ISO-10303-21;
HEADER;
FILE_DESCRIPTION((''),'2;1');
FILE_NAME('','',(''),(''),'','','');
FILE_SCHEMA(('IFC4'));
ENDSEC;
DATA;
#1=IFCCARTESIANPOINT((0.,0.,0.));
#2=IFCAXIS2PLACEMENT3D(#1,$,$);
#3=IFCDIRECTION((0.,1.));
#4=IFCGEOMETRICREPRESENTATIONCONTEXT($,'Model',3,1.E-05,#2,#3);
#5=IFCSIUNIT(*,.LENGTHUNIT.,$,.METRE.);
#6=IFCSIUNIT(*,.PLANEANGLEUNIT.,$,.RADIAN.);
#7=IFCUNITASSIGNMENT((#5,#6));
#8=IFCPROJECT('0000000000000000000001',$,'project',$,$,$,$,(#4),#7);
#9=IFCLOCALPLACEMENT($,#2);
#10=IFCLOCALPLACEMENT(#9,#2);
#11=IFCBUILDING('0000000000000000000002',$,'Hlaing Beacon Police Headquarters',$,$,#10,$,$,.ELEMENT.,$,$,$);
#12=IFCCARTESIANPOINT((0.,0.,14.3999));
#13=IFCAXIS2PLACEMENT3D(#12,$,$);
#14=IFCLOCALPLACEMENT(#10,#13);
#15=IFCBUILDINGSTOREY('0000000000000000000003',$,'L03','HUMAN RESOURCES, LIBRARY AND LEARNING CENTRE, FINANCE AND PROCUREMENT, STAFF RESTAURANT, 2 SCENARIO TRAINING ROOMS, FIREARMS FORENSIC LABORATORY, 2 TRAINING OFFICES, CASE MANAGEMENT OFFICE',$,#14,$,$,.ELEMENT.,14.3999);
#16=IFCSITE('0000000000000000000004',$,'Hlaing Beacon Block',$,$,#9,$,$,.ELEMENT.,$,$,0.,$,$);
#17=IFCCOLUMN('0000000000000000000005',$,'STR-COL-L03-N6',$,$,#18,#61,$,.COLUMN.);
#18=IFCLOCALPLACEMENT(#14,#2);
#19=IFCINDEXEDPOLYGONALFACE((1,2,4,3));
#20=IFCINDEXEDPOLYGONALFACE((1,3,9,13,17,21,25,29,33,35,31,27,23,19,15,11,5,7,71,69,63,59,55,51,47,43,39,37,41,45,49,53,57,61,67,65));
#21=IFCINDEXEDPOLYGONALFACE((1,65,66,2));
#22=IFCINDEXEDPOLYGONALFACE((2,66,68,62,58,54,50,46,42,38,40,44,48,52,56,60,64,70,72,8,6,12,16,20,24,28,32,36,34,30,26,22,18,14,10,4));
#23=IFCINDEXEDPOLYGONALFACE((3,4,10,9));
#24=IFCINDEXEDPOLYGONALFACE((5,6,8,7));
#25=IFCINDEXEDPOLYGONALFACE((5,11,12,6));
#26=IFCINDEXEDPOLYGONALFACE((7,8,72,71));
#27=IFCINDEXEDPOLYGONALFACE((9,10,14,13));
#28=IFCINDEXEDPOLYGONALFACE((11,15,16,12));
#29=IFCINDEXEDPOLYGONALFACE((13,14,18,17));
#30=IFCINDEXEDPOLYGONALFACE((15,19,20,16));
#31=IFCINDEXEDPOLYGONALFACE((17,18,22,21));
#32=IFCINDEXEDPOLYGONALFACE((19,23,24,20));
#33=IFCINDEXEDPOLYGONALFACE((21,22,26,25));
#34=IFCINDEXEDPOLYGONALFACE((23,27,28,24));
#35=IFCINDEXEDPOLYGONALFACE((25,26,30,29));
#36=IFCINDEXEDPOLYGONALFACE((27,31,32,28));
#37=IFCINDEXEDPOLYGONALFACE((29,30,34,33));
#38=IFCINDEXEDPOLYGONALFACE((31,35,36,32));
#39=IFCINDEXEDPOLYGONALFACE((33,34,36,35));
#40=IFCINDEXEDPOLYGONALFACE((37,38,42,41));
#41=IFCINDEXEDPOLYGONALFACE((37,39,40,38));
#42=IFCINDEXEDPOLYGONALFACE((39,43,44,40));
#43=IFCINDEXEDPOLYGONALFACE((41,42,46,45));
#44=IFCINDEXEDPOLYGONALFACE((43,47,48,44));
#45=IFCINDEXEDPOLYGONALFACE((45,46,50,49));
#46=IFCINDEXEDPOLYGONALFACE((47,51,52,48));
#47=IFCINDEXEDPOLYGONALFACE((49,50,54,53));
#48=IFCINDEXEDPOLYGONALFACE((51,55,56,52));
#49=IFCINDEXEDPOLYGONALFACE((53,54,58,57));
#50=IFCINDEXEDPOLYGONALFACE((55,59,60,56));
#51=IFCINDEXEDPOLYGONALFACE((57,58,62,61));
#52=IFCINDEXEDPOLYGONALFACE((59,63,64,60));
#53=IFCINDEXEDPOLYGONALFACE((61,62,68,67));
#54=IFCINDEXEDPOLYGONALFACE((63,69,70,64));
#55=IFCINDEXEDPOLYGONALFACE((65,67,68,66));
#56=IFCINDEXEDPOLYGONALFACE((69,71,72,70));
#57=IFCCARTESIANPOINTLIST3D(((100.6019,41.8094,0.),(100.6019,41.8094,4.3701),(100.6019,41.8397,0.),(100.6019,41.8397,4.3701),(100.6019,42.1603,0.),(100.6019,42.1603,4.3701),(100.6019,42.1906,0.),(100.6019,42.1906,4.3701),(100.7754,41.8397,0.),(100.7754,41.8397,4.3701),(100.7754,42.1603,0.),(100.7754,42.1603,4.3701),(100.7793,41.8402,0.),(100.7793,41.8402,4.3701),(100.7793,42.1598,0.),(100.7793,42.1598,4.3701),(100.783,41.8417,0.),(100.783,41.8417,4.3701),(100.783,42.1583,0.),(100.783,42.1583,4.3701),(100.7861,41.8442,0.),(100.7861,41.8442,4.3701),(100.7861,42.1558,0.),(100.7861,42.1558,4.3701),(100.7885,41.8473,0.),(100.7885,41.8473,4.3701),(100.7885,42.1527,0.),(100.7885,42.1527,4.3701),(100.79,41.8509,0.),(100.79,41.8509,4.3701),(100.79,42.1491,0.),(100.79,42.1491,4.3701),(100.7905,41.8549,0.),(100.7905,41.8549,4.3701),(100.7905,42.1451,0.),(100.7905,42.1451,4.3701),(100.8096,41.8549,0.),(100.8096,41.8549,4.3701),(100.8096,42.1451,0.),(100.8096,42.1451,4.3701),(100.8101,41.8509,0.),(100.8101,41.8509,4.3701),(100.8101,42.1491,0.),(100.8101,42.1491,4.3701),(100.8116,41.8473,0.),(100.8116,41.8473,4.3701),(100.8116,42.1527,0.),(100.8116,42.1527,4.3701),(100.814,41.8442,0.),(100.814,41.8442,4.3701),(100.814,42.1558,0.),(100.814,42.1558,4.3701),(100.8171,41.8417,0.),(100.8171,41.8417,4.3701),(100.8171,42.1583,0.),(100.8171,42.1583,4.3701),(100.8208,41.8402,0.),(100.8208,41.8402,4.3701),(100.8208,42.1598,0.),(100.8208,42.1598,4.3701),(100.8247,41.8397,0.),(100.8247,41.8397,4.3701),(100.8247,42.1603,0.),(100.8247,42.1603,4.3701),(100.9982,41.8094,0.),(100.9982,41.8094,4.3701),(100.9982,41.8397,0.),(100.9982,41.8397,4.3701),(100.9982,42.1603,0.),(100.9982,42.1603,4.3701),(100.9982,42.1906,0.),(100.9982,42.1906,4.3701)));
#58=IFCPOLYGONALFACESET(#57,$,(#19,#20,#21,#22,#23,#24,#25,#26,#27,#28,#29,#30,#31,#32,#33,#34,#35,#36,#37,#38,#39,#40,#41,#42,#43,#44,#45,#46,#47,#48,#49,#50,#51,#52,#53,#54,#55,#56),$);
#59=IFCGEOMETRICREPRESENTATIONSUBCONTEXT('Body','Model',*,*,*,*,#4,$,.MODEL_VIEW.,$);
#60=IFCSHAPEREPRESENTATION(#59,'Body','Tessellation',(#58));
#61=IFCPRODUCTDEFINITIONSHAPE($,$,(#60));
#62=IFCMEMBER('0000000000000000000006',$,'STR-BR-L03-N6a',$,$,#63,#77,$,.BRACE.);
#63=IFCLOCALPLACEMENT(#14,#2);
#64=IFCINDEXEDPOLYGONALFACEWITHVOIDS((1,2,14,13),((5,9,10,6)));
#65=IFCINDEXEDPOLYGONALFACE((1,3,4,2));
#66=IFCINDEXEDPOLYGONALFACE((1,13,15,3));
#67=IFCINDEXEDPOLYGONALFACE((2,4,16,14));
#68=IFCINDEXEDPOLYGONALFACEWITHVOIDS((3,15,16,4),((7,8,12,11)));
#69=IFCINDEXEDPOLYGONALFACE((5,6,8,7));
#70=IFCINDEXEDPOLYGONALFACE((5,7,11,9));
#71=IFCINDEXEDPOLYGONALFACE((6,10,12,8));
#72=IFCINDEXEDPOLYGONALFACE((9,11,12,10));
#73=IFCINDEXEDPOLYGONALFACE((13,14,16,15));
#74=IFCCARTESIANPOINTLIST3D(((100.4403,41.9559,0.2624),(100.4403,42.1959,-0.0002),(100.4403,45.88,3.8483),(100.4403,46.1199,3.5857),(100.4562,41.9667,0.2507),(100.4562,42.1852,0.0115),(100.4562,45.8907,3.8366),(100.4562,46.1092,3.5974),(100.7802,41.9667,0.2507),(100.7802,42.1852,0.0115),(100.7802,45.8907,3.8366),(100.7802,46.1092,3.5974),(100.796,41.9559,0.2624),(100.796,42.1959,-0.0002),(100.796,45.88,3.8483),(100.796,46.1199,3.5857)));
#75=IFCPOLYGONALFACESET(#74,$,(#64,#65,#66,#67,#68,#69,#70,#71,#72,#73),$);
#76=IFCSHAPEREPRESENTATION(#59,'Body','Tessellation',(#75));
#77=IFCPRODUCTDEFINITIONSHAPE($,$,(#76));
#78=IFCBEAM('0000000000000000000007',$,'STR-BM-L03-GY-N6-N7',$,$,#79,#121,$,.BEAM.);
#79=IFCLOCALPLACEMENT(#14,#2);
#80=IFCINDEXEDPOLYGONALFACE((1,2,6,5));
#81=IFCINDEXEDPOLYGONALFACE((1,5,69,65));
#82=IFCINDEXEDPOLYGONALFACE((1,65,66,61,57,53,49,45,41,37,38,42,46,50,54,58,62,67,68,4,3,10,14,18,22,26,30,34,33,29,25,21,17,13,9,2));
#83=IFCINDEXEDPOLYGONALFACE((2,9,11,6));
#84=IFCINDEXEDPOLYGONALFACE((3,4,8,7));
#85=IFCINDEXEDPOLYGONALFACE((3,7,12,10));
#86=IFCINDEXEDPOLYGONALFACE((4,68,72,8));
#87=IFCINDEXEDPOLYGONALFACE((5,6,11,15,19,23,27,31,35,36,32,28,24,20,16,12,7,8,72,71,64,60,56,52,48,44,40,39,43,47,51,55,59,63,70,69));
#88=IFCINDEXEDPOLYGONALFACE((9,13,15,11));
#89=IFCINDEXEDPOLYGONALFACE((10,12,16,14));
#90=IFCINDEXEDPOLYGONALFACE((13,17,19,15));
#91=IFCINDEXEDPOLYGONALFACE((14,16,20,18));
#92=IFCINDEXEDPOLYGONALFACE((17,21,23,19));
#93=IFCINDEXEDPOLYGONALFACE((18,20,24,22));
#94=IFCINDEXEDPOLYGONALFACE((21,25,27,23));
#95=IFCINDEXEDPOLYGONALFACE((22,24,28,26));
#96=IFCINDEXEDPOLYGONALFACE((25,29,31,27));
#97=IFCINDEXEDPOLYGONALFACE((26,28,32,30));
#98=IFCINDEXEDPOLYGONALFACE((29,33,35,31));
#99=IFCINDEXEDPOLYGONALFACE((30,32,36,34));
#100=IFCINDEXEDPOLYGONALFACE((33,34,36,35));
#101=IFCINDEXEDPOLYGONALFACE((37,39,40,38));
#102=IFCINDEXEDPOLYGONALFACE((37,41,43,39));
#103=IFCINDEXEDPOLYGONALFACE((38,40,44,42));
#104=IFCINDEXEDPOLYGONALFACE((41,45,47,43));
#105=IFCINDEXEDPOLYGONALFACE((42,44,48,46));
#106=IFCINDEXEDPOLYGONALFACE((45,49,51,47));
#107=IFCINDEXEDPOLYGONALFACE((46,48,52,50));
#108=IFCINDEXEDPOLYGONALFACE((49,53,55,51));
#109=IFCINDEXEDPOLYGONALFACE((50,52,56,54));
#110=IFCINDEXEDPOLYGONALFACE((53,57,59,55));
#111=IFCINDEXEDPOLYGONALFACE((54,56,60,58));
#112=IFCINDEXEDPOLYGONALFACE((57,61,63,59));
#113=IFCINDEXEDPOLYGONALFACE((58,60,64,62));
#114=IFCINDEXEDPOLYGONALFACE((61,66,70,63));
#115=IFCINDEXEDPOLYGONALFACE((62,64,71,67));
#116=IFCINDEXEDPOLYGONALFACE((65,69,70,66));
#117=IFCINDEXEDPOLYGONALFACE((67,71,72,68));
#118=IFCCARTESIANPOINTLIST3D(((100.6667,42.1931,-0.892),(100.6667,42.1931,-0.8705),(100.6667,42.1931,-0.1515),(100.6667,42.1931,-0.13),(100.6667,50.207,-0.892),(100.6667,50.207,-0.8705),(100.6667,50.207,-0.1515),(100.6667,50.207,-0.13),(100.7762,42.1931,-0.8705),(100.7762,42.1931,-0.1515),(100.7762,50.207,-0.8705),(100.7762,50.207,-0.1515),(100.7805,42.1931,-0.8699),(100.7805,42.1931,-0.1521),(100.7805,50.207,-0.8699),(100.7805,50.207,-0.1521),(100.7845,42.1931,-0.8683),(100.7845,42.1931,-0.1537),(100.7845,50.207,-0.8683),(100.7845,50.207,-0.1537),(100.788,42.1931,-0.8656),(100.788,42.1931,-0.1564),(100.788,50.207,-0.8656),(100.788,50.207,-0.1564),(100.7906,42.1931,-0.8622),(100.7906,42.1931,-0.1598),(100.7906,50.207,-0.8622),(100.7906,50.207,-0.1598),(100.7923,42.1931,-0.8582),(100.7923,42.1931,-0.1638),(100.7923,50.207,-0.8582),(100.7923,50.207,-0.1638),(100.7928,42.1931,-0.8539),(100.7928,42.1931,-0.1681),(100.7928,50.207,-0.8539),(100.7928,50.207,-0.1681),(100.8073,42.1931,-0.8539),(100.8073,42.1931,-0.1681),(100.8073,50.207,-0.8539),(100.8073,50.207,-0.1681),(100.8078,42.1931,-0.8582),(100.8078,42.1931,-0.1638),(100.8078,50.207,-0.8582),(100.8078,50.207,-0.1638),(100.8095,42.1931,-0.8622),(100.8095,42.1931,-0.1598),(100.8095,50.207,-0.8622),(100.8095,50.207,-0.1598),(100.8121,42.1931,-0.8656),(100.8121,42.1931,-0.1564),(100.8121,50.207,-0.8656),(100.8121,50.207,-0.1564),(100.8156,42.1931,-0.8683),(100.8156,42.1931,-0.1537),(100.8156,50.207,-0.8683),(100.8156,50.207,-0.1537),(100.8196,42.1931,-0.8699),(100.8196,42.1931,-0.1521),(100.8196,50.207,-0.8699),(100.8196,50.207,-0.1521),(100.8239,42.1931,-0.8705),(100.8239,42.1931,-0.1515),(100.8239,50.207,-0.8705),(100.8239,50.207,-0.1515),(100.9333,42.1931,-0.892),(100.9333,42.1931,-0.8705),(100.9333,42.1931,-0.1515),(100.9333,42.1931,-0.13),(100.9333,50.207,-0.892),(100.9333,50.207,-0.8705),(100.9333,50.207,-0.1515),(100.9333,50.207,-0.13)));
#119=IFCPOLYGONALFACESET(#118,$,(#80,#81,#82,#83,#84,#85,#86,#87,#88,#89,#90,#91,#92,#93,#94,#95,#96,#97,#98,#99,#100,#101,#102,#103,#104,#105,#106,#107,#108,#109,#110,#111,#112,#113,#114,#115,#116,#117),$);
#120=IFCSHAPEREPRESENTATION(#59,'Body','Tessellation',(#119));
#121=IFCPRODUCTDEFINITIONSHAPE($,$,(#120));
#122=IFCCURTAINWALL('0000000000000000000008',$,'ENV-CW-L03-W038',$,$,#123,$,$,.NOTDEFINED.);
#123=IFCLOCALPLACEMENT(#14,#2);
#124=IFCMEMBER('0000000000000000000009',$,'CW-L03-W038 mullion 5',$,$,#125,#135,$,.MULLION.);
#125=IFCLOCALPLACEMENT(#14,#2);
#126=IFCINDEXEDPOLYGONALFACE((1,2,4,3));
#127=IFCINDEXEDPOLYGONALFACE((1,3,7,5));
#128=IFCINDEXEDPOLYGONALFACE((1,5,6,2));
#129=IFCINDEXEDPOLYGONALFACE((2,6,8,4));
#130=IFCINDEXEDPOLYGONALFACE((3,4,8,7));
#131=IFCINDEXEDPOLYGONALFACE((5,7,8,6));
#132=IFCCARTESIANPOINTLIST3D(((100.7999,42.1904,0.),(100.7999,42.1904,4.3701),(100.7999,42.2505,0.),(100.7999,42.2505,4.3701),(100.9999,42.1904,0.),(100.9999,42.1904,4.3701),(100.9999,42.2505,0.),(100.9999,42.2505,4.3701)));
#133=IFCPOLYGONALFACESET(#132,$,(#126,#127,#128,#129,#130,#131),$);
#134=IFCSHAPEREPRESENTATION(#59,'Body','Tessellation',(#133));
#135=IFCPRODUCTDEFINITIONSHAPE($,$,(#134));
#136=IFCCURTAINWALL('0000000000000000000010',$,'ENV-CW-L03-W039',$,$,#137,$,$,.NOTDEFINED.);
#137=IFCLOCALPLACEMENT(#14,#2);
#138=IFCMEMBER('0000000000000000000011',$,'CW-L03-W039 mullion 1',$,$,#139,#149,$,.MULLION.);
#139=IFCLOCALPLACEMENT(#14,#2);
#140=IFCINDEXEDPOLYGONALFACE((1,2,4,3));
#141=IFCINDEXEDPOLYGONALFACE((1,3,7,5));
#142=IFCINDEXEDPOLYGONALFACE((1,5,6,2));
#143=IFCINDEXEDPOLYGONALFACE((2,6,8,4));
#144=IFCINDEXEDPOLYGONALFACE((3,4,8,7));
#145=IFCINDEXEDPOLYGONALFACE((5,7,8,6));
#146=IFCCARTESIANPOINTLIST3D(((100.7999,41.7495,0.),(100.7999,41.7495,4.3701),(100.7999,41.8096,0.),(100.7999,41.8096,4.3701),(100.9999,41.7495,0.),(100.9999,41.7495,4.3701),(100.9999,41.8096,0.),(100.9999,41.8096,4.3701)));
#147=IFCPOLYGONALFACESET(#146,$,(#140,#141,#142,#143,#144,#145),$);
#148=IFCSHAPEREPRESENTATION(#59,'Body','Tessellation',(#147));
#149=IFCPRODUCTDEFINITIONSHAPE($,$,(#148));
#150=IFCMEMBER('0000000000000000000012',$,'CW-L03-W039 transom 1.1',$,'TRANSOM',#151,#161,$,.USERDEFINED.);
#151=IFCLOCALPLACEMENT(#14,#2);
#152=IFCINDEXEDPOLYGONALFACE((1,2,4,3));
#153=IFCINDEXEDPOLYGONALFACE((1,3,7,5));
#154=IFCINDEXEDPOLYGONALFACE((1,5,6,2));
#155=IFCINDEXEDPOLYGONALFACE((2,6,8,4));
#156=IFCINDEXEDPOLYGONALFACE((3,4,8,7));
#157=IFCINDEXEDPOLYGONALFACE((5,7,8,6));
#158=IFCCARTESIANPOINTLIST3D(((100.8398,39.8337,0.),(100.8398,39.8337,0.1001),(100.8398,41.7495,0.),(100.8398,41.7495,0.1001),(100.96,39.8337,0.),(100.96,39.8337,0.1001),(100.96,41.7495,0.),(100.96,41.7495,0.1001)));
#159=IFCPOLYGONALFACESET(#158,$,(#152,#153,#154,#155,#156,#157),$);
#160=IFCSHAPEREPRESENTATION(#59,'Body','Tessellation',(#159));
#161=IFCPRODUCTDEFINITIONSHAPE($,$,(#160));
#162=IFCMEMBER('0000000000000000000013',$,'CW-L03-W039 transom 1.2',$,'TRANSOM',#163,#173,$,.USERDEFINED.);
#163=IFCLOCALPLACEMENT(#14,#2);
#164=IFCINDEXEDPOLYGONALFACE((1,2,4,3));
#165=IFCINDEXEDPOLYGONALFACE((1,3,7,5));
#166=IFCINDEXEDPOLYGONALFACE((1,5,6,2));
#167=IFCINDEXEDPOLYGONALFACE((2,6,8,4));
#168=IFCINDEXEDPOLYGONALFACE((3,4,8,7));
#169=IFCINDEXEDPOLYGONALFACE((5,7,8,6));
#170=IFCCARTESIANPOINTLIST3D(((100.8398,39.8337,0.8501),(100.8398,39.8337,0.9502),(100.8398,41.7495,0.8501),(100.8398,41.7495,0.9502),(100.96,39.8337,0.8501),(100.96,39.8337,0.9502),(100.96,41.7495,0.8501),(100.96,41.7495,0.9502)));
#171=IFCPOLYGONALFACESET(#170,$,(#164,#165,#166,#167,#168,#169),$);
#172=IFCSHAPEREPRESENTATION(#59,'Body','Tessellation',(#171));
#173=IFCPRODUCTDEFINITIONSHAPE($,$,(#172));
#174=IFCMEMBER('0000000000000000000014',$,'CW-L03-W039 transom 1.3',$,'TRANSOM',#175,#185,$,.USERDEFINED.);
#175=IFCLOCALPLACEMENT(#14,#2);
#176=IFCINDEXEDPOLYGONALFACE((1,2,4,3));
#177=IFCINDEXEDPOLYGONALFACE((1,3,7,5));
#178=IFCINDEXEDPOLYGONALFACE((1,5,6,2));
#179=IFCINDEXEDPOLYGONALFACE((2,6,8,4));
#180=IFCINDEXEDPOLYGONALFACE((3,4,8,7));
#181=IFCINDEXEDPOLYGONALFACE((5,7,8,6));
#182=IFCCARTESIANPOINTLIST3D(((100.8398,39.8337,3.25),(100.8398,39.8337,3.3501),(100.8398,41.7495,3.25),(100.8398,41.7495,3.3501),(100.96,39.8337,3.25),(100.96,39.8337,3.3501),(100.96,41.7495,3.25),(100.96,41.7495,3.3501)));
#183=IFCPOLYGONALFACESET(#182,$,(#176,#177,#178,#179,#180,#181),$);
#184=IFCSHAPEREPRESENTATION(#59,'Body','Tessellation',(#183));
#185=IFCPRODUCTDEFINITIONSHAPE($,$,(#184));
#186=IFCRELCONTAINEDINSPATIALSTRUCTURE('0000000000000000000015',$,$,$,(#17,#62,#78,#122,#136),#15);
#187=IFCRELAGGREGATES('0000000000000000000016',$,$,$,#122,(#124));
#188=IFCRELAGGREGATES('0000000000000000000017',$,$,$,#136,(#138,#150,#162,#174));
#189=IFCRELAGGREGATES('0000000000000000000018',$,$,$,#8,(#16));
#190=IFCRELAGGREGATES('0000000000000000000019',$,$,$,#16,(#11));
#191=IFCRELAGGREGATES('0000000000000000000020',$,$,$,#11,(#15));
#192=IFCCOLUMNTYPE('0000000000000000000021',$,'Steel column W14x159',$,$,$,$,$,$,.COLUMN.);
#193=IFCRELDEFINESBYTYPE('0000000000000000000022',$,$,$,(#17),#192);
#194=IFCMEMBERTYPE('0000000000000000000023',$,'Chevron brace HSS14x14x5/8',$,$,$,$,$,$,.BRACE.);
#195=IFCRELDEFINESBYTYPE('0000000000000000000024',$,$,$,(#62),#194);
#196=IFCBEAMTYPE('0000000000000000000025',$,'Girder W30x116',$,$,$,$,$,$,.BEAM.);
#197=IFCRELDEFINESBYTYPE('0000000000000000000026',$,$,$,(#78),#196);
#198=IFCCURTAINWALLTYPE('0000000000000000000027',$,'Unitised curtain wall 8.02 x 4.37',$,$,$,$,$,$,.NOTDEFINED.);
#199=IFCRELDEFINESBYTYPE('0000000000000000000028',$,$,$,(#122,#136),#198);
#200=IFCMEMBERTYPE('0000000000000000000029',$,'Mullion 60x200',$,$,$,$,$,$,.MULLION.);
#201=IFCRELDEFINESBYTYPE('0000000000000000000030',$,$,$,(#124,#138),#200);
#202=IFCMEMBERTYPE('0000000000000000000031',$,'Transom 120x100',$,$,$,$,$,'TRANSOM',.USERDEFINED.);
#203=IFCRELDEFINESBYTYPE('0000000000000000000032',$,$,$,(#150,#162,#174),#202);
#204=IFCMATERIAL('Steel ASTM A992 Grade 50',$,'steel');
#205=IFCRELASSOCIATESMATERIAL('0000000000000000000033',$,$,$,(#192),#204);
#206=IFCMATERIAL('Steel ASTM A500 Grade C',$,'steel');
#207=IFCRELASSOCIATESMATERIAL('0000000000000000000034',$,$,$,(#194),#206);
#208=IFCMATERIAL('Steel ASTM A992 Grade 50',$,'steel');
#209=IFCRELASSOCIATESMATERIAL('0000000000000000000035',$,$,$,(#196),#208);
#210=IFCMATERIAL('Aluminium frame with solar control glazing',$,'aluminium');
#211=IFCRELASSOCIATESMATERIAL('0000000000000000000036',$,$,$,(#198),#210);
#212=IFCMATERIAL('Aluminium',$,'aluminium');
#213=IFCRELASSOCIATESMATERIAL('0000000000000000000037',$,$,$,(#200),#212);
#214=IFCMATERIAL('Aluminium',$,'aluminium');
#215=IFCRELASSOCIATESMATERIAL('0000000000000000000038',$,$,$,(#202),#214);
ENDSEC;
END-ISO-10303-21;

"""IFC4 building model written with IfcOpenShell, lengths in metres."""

from ifc_helpers import new_model, si_unit, direction, frame, origin, origin_2d, place, context, subcontext, project, spatial, rectangle, hollow_rectangle, i_section, extrude, material, material_profile, profile_set, type_object, element, aggregate, save


model = new_model("IFC4")

# Units and contexts
model_context = context("Model", 3, precision=1e-05, world=origin(), true_north=direction((0.0, 1.0)))
body_context = subcontext(model_context, "Body", "Model", "MODEL_VIEW")
ifc_project = project(units=[si_unit("LENGTHUNIT", "METRE"), si_unit("PLANEANGLEUNIT", "RADIAN")], contexts=[model_context])

# Site, building, storey
site_placement = place(None, origin())
site = spatial("IfcSite", under=ifc_project, at=site_placement, Name="Hlaing Beacon Block", CompositionType="ELEMENT", RefElevation=0.0)
building_placement = place(site_placement, origin())
building = spatial("IfcBuilding", under=site, at=building_placement, Name="Hlaing Beacon Police Headquarters", CompositionType="ELEMENT")
storey_placement = place(building_placement, frame((0.0, 0.0, 14.3999)))
storey = spatial("IfcBuildingStorey", under=building, at=storey_placement, Name="L03", Description="HUMAN RESOURCES, LIBRARY AND LEARNING CENTRE, FINANCE AND PROCUREMENT, STAFF RESTAURANT, 2 SCENARIO TRAINING ROOMS, FIREARMS FORENSIC LABORATORY, 2 TRAINING OFFICES, CASE MANAGEMENT OFFICE", CompositionType="ELEMENT", Elevation=14.3999)

# Column
ifc_material_1 = material(Name="Steel ASTM A992 Grade 50", Category="steel")
ifc_material_profile_1 = material_profile(ifc_material_1, i_section(OverallWidth=0.3962, OverallDepth=0.3811, WebThickness=0.019, FlangeThickness=0.0303, FilletRadius=0.0151, at=origin_2d()), Name="W14x159")
ifc_profile_set_1 = profile_set([ifc_material_profile_1], Name="Steel ASTM A992 Grade 50")
column_type = type_object("IfcColumnType", Name="Steel column W14x159", PredefinedType="COLUMN", material=ifc_profile_set_1)
column_placement = place(storey_placement, frame((100.8, 42.0, 0.0), z_axis=(0.0, 0.0, 1.0), x_axis=(1.0, 0.0, 0.0)))
element("IfcColumn", 1, at=column_placement, inside=storey, type_object=column_type, Name="STR-COL-L03-N6", PredefinedType="COLUMN", context=body_context, shape_type="SweptSolid", body=[
    extrude(i_section(OverallWidth=0.3962, OverallDepth=0.3811, WebThickness=0.019, FlangeThickness=0.0303, FilletRadius=0.0151, at=origin_2d()), origin(), (0.0, 0.0, 1.0), 4.3701),
])

# Member
ifc_material_2 = material(Name="Steel ASTM A500 Grade C", Category="steel")
ifc_material_profile_2 = material_profile(ifc_material_2, hollow_rectangle(XDim=0.3557, YDim=0.3557, WallThickness=0.0159, at=origin_2d()), Name="HSS14x14x5/8")
ifc_profile_set_2 = profile_set([ifc_material_profile_2], Name="Steel ASTM A500 Grade C")
member_type_1 = type_object("IfcMemberType", Name="Chevron brace HSS14x14x5/8", PredefinedType="BRACE", material=ifc_profile_set_2)
member_1_placement = place(storey_placement, frame((100.6182, 42.0759, 0.1311), z_axis=(0.0, 0.738196, 0.674586), x_axis=(-1.0, 0.0, 0.0)))
element("IfcMember", 2, at=member_1_placement, inside=storey, type_object=member_type_1, Name="STR-BR-L03-N6a", PredefinedType="BRACE", context=body_context, shape_type="SweptSolid", body=[
    extrude(hollow_rectangle(XDim=0.3557, YDim=0.3557, WallThickness=0.0159, at=origin_2d()), origin(), (0.0, 0.0, 1.0), 5.3157),
])

# Beam
ifc_material_3 = material(Name="Steel ASTM A992 Grade 50", Category="steel")
ifc_material_profile_3 = material_profile(ifc_material_3, i_section(OverallWidth=0.2666, OverallDepth=0.762, WebThickness=0.0144, FlangeThickness=0.0215, FilletRadius=0.0166, at=origin_2d()), Name="W30x116")
ifc_profile_set_3 = profile_set([ifc_material_profile_3], Name="Steel ASTM A992 Grade 50")
beam_type = type_object("IfcBeamType", Name="Girder W30x116", PredefinedType="BEAM", material=ifc_profile_set_3)
beam_placement = place(storey_placement, frame((100.8, 42.1931, -0.511), z_axis=(0.0, 1.0, 0.0), x_axis=(-1.0, 0.0, 0.0)))
element("IfcBeam", 3, at=beam_placement, inside=storey, type_object=beam_type, Name="STR-BM-L03-GY-N6-N7", PredefinedType="BEAM", context=body_context, shape_type="SweptSolid", body=[
    extrude(i_section(OverallWidth=0.2666, OverallDepth=0.762, WebThickness=0.0144, FlangeThickness=0.0215, FilletRadius=0.0166, at=origin_2d()), origin(), (0.0, 0.0, 1.0), 8.0139),
])

# Curtain wall, member
ifc_material_4 = material(Name="Aluminium frame with solar control glazing", Category="aluminium")
curtain_wall_type = type_object("IfcCurtainWallType", Name="Unitised curtain wall 8.02 x 4.37", PredefinedType="NOTDEFINED", material=ifc_material_4)
curtain_wall_1_placement = place(storey_placement, origin())
curtain_wall_1 = element("IfcCurtainWall", 4, at=curtain_wall_1_placement, inside=storey, type_object=curtain_wall_type, Name="ENV-CW-L03-W038", PredefinedType="NOTDEFINED")
ifc_material_5 = material(Name="Aluminium", Category="aluminium")
ifc_material_profile_4 = material_profile(ifc_material_5, rectangle(XDim=0.2, YDim=0.0601, at=origin_2d()), Name="Mullion 60x200")
ifc_profile_set_4 = profile_set([ifc_material_profile_4], Name="Aluminium")
member_type_2 = type_object("IfcMemberType", Name="Mullion 60x200", PredefinedType="MULLION", material=ifc_profile_set_4)
member_2_placement = place(storey_placement, frame((100.8999, 42.2205, 0.0), z_axis=(0.0, 0.0, 1.0), x_axis=(1.0, 0.0, 0.0)))
member_2 = element("IfcMember", 5, at=member_2_placement, type_object=member_type_2, Name="CW-L03-W038 mullion 5", PredefinedType="MULLION", context=body_context, shape_type="SweptSolid", body=[
    extrude(rectangle(XDim=0.2, YDim=0.0601, at=origin_2d()), origin(), (0.0, 0.0, 1.0), 4.3701),
])

# Curtain wall, members
curtain_wall_2_placement = place(storey_placement, origin())
curtain_wall_2 = element("IfcCurtainWall", 6, at=curtain_wall_2_placement, inside=storey, type_object=curtain_wall_type, Name="ENV-CW-L03-W039", PredefinedType="NOTDEFINED")
member_3_placement = place(storey_placement, frame((100.8999, 41.7795, 0.0), z_axis=(0.0, 0.0, 1.0), x_axis=(1.0, 0.0, 0.0)))
member_3 = element("IfcMember", 7, at=member_3_placement, type_object=member_type_2, Name="CW-L03-W039 mullion 1", PredefinedType="MULLION", context=body_context, shape_type="SweptSolid", body=[
    extrude(rectangle(XDim=0.2, YDim=0.0601, at=origin_2d()), origin(), (0.0, 0.0, 1.0), 4.3701),
])
ifc_material_6 = material(Name="Aluminium", Category="aluminium")
ifc_material_profile_5 = material_profile(ifc_material_6, rectangle(XDim=0.1201, YDim=0.1001, at=origin_2d()), Name="Transom 120x100")
ifc_profile_set_5 = profile_set([ifc_material_profile_5], Name="Aluminium")
member_type_3 = type_object("IfcMemberType", Name="Transom 120x100", ElementType="TRANSOM", PredefinedType="USERDEFINED", material=ifc_profile_set_5)
member_4_placement = place(storey_placement, frame((100.8999, 41.7495, 0.05), z_axis=(0.0, -1.0, 0.0), x_axis=(1.0, 0.0, 0.0)))
member_4 = element("IfcMember", 8, at=member_4_placement, type_object=member_type_3, Name="CW-L03-W039 transom 1.1", ObjectType="TRANSOM", PredefinedType="USERDEFINED", context=body_context, shape_type="SweptSolid", body=[
    extrude(rectangle(XDim=0.1201, YDim=0.1001, at=origin_2d()), origin(), (0.0, 0.0, 1.0), 1.9158),
])
member_5_placement = place(storey_placement, frame((100.8999, 41.7495, 0.9001), z_axis=(0.0, -1.0, 0.0), x_axis=(1.0, 0.0, 0.0)))
member_5 = element("IfcMember", 9, at=member_5_placement, type_object=member_type_3, Name="CW-L03-W039 transom 1.2", ObjectType="TRANSOM", PredefinedType="USERDEFINED", context=body_context, shape_type="SweptSolid", body=[
    extrude(rectangle(XDim=0.1201, YDim=0.1001, at=origin_2d()), origin(), (0.0, 0.0, 1.0), 1.9158),
])
member_6_placement = place(storey_placement, frame((100.8999, 41.7495, 3.3), z_axis=(0.0, -1.0, 0.0), x_axis=(1.0, 0.0, 0.0)))
member_6 = element("IfcMember", 10, at=member_6_placement, type_object=member_type_3, Name="CW-L03-W039 transom 1.3", ObjectType="TRANSOM", PredefinedType="USERDEFINED", context=body_context, shape_type="SweptSolid", body=[
    extrude(rectangle(XDim=0.1201, YDim=0.1001, at=origin_2d()), origin(), (0.0, 0.0, 1.0), 1.9158),
])

aggregate(curtain_wall_1, [member_2])
aggregate(curtain_wall_2, [member_3, member_4, member_5, member_6])

save(model, "model.ifc")
